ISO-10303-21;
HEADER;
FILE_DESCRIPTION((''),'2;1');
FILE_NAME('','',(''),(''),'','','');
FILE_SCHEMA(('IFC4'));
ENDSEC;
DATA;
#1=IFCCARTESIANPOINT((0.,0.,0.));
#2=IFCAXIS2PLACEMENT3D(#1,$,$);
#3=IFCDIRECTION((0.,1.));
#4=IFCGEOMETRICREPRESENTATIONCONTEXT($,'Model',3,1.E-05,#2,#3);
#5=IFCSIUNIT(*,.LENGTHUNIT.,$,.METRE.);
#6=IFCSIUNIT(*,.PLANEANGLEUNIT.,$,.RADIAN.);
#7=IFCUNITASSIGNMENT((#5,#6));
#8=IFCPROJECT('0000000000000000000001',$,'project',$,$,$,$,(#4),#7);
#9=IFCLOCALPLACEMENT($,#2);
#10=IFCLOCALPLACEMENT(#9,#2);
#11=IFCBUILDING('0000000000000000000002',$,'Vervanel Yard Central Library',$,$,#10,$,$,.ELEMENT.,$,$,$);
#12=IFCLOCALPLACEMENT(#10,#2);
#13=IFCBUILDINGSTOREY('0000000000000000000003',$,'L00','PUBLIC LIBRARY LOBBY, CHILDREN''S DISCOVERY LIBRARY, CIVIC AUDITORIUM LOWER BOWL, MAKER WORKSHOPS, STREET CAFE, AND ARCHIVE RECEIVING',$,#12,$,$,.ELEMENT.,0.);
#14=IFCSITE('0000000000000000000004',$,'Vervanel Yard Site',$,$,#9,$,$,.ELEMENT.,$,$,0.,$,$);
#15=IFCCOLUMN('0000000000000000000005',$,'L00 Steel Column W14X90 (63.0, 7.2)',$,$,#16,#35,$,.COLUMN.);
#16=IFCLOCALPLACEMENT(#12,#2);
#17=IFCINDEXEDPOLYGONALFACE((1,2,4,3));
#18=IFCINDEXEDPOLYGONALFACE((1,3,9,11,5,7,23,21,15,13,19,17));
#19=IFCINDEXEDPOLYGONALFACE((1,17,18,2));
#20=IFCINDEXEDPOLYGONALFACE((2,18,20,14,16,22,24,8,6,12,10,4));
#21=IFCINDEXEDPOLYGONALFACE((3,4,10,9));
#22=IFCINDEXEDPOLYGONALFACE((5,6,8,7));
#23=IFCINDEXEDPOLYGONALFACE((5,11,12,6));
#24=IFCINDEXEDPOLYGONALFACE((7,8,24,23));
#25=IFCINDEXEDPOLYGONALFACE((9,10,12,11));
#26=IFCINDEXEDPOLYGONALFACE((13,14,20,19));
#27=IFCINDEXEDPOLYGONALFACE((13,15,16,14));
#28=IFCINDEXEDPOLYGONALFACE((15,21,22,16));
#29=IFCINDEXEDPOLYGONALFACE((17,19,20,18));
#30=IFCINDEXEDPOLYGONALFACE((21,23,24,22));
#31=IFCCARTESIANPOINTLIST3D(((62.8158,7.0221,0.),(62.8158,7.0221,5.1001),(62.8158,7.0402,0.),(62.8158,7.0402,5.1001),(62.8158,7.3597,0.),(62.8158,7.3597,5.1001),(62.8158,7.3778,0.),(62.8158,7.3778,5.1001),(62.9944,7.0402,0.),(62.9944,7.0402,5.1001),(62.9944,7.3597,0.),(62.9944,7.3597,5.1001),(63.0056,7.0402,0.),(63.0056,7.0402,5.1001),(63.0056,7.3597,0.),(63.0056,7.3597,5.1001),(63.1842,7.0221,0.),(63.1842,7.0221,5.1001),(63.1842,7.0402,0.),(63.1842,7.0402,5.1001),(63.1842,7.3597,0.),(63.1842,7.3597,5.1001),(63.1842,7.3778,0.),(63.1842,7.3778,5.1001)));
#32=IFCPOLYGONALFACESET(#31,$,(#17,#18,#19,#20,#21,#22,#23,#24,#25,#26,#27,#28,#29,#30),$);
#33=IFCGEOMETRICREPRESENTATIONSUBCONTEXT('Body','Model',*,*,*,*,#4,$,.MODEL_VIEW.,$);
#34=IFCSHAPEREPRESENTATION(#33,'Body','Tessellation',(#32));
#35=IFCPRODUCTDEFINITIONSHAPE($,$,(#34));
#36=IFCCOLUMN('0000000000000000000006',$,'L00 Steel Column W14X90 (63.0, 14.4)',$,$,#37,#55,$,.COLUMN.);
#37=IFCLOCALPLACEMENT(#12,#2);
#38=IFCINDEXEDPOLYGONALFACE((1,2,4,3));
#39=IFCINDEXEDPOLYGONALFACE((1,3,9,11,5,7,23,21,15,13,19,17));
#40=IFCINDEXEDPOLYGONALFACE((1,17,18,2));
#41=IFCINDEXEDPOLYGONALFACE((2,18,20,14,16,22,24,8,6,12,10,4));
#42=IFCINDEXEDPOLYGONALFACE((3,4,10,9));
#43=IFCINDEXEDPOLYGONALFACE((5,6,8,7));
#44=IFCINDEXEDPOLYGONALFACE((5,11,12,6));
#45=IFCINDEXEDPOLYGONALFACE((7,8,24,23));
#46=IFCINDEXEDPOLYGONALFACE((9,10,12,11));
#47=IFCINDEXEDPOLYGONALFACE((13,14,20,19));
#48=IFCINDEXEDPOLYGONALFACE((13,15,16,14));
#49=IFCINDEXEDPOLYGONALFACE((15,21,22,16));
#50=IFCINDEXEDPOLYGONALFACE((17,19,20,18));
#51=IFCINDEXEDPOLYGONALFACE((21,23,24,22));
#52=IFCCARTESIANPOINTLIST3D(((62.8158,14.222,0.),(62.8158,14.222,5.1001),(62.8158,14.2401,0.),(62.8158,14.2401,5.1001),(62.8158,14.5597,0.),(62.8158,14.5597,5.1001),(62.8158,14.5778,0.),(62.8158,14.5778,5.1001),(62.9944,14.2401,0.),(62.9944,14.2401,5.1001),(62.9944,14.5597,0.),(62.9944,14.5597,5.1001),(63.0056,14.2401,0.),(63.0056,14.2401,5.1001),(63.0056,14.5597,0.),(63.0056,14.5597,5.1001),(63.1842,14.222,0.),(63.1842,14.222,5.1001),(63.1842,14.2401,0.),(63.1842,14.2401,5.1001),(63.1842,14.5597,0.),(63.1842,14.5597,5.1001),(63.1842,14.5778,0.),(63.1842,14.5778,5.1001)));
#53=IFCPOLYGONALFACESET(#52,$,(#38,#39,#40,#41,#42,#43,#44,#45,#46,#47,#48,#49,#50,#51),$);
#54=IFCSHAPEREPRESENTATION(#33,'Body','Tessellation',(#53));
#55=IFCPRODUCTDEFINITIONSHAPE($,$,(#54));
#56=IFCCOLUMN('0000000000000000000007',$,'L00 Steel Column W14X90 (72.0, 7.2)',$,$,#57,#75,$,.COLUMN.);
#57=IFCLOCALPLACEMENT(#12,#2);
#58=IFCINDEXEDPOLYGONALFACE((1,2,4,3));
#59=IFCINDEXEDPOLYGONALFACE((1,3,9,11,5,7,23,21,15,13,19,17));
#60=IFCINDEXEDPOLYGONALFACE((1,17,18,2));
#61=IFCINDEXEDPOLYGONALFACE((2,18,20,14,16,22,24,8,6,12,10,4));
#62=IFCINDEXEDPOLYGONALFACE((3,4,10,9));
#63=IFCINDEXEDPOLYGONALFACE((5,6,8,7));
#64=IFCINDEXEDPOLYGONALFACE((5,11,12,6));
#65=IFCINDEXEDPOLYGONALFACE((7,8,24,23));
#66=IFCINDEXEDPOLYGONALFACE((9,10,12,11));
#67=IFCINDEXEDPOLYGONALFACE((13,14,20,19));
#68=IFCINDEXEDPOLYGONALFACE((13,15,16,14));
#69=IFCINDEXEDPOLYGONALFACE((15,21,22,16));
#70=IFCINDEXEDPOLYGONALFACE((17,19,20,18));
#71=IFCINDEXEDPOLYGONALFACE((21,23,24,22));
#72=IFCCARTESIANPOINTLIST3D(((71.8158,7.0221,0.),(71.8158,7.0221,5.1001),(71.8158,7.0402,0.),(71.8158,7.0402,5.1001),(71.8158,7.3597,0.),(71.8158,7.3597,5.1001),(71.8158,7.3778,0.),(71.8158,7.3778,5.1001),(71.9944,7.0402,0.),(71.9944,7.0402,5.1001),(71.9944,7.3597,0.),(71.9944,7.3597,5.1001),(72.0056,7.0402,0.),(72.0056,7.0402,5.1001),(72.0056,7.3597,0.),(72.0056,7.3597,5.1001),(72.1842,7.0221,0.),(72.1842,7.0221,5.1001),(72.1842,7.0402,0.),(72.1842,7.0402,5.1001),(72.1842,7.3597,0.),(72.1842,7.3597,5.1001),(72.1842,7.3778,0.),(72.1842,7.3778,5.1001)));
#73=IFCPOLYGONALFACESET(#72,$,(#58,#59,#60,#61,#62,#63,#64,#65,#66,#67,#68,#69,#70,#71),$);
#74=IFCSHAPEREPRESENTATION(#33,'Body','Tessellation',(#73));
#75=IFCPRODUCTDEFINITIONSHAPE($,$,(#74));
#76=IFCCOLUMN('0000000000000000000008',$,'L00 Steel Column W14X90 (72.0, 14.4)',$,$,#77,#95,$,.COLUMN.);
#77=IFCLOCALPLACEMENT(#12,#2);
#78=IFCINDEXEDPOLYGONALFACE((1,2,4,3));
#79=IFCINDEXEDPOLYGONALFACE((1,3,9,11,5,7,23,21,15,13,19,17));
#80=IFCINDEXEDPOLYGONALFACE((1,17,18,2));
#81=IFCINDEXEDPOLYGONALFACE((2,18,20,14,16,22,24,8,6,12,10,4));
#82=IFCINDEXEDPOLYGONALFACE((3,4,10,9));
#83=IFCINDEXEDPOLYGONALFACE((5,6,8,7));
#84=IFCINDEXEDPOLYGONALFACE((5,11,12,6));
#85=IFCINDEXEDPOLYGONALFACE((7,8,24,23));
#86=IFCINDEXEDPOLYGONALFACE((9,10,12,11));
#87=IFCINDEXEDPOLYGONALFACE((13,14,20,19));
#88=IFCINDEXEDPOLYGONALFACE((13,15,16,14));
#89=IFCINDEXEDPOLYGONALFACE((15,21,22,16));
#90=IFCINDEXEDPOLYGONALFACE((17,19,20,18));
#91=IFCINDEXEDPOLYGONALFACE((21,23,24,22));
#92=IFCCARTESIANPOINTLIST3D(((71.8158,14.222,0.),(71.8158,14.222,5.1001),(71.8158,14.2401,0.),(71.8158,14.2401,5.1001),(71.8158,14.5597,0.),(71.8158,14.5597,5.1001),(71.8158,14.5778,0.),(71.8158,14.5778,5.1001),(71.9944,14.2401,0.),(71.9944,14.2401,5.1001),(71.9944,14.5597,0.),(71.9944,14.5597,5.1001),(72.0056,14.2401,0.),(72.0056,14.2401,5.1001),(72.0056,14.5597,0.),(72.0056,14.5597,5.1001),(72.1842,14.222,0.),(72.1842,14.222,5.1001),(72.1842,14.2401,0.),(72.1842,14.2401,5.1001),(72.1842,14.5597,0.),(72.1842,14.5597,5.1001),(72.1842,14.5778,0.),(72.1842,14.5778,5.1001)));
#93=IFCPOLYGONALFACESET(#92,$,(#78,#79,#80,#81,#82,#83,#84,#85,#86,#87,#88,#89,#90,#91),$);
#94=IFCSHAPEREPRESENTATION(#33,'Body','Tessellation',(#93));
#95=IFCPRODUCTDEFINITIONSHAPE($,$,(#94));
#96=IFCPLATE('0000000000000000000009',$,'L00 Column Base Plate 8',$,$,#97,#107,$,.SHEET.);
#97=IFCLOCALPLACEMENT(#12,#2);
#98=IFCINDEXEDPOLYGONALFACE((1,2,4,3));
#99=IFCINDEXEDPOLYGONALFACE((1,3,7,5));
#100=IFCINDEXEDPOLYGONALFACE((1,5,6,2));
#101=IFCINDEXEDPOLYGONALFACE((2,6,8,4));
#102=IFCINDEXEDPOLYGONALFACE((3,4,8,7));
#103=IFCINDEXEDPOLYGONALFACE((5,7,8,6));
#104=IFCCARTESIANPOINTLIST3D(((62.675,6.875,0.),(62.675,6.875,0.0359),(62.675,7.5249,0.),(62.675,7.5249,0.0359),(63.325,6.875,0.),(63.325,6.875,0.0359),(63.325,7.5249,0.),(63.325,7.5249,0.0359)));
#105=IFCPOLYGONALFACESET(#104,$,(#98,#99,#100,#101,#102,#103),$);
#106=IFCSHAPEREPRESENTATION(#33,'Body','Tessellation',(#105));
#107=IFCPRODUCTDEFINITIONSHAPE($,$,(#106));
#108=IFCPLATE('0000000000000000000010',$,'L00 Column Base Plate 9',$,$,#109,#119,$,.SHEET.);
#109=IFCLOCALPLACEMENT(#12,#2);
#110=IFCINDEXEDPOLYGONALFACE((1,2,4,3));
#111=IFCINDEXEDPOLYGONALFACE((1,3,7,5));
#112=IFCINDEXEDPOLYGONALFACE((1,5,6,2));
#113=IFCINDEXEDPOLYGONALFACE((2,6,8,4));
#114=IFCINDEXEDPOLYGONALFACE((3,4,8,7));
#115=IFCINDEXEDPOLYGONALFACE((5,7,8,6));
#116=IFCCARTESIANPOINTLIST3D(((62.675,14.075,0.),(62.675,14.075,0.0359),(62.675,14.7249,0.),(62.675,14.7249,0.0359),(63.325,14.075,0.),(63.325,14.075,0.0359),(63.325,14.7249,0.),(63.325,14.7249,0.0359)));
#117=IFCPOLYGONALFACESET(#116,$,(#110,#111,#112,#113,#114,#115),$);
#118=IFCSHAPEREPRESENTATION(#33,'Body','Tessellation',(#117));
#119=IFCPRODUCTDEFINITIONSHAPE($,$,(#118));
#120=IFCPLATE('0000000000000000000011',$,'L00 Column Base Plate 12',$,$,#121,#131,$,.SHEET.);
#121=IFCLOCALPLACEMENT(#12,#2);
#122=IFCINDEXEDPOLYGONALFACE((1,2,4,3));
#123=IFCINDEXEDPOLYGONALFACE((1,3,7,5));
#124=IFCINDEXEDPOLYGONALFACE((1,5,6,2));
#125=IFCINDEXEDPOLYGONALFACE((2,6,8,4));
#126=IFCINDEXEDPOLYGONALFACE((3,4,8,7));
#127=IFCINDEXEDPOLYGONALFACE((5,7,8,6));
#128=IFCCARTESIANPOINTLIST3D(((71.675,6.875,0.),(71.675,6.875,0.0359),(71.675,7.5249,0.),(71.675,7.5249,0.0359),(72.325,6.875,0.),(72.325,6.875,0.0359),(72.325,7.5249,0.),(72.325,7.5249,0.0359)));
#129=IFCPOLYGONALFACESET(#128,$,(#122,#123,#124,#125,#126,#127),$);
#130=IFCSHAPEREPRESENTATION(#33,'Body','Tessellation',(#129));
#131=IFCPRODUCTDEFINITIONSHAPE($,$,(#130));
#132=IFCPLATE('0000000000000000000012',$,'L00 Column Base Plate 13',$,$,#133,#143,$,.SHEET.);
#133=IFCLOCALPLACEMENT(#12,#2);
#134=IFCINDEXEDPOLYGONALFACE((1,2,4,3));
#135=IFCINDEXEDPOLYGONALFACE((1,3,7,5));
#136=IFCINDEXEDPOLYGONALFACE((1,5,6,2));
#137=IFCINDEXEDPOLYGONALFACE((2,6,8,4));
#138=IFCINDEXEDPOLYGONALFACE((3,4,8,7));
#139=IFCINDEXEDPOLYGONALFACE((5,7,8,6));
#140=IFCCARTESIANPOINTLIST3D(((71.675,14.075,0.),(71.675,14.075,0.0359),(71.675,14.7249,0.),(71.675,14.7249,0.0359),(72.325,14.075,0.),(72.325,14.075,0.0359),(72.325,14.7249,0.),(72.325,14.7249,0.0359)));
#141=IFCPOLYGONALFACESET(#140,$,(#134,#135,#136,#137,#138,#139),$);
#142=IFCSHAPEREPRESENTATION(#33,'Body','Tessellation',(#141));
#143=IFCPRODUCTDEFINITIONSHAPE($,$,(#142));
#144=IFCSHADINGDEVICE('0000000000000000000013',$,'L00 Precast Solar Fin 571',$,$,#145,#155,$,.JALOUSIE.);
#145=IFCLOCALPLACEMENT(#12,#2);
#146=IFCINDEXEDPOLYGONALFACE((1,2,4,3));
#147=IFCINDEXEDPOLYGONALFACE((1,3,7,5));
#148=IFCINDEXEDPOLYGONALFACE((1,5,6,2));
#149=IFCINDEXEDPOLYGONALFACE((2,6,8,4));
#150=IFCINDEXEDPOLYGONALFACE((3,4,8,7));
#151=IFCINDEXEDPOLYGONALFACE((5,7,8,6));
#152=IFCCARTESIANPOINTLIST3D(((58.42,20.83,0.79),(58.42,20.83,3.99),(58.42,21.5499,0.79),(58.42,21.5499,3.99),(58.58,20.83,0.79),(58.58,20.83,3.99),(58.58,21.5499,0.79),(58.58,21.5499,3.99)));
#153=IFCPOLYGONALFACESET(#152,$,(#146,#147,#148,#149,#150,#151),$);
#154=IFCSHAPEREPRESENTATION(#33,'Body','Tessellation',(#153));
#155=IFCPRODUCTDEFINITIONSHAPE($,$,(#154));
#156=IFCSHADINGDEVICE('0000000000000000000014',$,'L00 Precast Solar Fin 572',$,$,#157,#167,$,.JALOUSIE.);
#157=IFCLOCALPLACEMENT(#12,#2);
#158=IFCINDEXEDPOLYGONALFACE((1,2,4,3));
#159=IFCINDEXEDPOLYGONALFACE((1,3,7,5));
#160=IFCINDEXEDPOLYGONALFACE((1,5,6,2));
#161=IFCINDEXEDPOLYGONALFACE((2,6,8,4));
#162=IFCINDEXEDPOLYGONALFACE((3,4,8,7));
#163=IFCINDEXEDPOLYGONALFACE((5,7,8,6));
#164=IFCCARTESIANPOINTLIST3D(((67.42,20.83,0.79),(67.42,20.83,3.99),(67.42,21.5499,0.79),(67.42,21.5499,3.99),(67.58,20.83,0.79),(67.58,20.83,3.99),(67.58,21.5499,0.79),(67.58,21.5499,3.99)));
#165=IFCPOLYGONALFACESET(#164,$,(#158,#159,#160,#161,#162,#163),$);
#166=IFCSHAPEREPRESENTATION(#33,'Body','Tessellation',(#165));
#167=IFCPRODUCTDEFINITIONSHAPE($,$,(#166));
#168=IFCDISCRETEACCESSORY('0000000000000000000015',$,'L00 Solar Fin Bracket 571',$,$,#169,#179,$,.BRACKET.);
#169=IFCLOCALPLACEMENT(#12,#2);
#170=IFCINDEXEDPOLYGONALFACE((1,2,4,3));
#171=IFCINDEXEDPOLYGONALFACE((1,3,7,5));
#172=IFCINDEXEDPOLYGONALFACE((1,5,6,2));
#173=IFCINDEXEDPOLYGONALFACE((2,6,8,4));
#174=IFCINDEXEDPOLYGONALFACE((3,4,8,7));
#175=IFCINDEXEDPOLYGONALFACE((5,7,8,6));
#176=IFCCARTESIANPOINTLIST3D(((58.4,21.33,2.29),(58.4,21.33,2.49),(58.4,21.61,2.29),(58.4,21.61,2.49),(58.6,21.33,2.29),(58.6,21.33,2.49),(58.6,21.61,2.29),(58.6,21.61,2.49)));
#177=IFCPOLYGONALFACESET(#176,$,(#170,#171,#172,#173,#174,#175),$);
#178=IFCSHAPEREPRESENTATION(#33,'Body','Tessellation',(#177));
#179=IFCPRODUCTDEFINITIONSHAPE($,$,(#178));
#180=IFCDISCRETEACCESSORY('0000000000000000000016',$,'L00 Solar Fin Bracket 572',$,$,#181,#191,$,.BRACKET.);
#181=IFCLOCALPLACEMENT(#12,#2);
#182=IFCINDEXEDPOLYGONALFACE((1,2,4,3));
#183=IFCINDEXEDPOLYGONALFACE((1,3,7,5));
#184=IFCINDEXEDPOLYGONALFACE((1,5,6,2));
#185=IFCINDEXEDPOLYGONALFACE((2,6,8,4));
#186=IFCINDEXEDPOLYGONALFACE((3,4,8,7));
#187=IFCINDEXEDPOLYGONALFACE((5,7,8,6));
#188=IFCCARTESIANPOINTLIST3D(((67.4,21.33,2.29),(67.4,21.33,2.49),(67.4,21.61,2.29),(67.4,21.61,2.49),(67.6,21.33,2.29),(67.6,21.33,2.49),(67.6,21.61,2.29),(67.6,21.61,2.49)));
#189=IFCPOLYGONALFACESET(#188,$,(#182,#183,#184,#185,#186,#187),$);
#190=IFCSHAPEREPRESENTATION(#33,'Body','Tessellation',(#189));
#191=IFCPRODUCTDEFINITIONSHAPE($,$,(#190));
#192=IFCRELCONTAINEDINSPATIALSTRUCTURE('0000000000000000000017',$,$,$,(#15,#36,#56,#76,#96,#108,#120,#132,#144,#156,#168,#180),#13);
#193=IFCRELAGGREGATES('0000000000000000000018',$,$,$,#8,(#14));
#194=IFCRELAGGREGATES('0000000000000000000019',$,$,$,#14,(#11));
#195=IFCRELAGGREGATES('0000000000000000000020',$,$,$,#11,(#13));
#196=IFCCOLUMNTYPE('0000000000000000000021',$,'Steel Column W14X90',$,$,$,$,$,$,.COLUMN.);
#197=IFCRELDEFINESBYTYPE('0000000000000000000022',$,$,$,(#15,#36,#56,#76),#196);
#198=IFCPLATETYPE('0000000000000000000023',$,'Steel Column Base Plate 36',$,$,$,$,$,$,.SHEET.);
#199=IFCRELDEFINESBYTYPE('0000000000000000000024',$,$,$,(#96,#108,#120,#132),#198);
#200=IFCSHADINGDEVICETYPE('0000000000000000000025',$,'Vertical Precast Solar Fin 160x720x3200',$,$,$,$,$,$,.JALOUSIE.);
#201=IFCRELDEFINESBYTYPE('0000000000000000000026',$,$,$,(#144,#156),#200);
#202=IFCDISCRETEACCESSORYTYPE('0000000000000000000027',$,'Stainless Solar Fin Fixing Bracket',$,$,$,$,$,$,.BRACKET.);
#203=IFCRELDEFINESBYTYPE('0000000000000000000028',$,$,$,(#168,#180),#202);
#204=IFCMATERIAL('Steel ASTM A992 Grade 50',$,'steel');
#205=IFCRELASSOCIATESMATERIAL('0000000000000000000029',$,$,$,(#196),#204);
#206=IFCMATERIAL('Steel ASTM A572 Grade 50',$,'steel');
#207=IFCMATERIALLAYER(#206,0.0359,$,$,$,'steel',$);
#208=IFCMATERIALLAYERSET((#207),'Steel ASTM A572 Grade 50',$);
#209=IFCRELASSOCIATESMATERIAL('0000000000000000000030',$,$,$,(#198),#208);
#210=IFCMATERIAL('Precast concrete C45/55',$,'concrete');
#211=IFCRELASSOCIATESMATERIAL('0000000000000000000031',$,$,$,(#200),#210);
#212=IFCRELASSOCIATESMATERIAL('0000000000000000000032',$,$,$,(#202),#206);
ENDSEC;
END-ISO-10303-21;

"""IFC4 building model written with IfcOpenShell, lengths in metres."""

from ifc_helpers import new_model, si_unit, direction, frame, origin, origin_2d, place, context, subcontext, project, spatial, rectangle, i_section, extrude, material, layer, layer_set, material_profile, profile_set, type_object, element, save


model = new_model("IFC4")

# Units and contexts
model_context = context("Model", 3, precision=1e-05, world=origin(), true_north=direction((0.0, 1.0)))
body_context = subcontext(model_context, "Body", "Model", "MODEL_VIEW")
ifc_project = project(units=[si_unit("LENGTHUNIT", "METRE"), si_unit("PLANEANGLEUNIT", "RADIAN")], contexts=[model_context])

# Site, building, storey
site_placement = place(None, origin())
site = spatial("IfcSite", under=ifc_project, at=site_placement, Name="Vervanel Yard Site", CompositionType="ELEMENT", RefElevation=0.0)
building_placement = place(site_placement, origin())
building = spatial("IfcBuilding", under=site, at=building_placement, Name="Vervanel Yard Central Library", CompositionType="ELEMENT")
storey_placement = place(building_placement, origin())
storey = spatial("IfcBuildingStorey", under=building, at=storey_placement, Name="L00", Description="PUBLIC LIBRARY LOBBY, CHILDREN'S DISCOVERY LIBRARY, CIVIC AUDITORIUM LOWER BOWL, MAKER WORKSHOPS, STREET CAFE, AND ARCHIVE RECEIVING", CompositionType="ELEMENT", Elevation=0.0)

# Columns
ifc_material_1 = material(Name="Steel ASTM A992 Grade 50", Category="steel")
ifc_material_profile_1 = material_profile(ifc_material_1, i_section(OverallWidth=0.3684, OverallDepth=0.3557, WebThickness=0.0112, FlangeThickness=0.0181, at=origin_2d()), Name="W14X90", Category="steel")
ifc_profile_set_1 = profile_set([ifc_material_profile_1], Name="Steel ASTM A992 Grade 50")
column_type = type_object("IfcColumnType", Name="Steel Column W14X90", PredefinedType="COLUMN", material=ifc_profile_set_1)
for number, where, z_axis, x_axis, name in (
    (1, (63.0, 7.2, 0.0), (0.0, 0.0, 1.0), (1.0, 0.0, 0.0), "L00 Steel Column W14X90 (63.0, 7.2)"),
    (2, (63.0, 14.3999, 0.0), (0.0, 0.0, 1.0), (1.0, 0.0, 0.0), "L00 Steel Column W14X90 (63.0, 14.4)"),
    (3, (72.0, 7.2, 0.0), (0.0, 0.0, 1.0), (1.0, 0.0, 0.0), "L00 Steel Column W14X90 (72.0, 7.2)"),
    (4, (72.0, 14.3999, 0.0), (0.0, 0.0, 1.0), (1.0, 0.0, 0.0), "L00 Steel Column W14X90 (72.0, 14.4)"),
):
    element("IfcColumn", number, at=place(storey_placement, frame(where, z_axis=z_axis, x_axis=x_axis)), inside=storey, type_object=column_type, Name=name, PredefinedType="COLUMN", context=body_context, shape_type="SweptSolid", body=[
        extrude(i_section(OverallWidth=0.3684, OverallDepth=0.3557, WebThickness=0.0112, FlangeThickness=0.0181, at=origin_2d()), origin(), (0.0, 0.0, 1.0), 5.1001),
    ])

# Plates
ifc_material_2 = material(Name="Steel ASTM A572 Grade 50", Category="steel")
ifc_layer = layer(ifc_material_2, 0.0359, Category="steel")
ifc_layer_set = layer_set([ifc_layer], Name="Steel ASTM A572 Grade 50")
plate_type = type_object("IfcPlateType", Name="Steel Column Base Plate 36", PredefinedType="SHEET", material=ifc_layer_set)
for number, where, z_axis, x_axis, name in (
    (5, (63.0, 7.2, 0.0), (0.0, 0.0, 1.0), (1.0, 0.0, 0.0), "L00 Column Base Plate 8"),
    (6, (63.0, 14.3999, 0.0), (0.0, 0.0, 1.0), (1.0, 0.0, 0.0), "L00 Column Base Plate 9"),
    (7, (72.0, 7.2, 0.0), (0.0, 0.0, 1.0), (1.0, 0.0, 0.0), "L00 Column Base Plate 12"),
    (8, (72.0, 14.3999, 0.0), (0.0, 0.0, 1.0), (1.0, 0.0, 0.0), "L00 Column Base Plate 13"),
):
    element("IfcPlate", number, at=place(storey_placement, frame(where, z_axis=z_axis, x_axis=x_axis)), inside=storey, type_object=plate_type, Name=name, PredefinedType="SHEET", context=body_context, shape_type="SweptSolid", body=[
        extrude(rectangle(XDim=0.6499, YDim=0.6499, at=origin_2d()), origin(), (0.0, 0.0, 1.0), 0.0359),
    ])

# Shading devices
ifc_material_3 = material(Name="Precast concrete C45/55", Category="concrete")
shading_device_type = type_object("IfcShadingDeviceType", Name="Vertical Precast Solar Fin 160x720x3200", PredefinedType="JALOUSIE", material=ifc_material_3)
for number, where, z_axis, x_axis, name in (
    (9, (58.5, 21.1899, 0.79), (0.0, 0.0, 1.0), (1.0, 0.0, 0.0), "L00 Precast Solar Fin 571"),
    (10, (67.5, 21.1899, 0.79), (0.0, 0.0, 1.0), (1.0, 0.0, 0.0), "L00 Precast Solar Fin 572"),
):
    element("IfcShadingDevice", number, at=place(storey_placement, frame(where, z_axis=z_axis, x_axis=x_axis)), inside=storey, type_object=shading_device_type, Name=name, PredefinedType="JALOUSIE", context=body_context, shape_type="SweptSolid", body=[
        extrude(rectangle(XDim=0.1599, YDim=0.72, at=origin_2d()), origin(), (0.0, 0.0, 1.0), 3.2),
    ])

# Discrete accessories
discrete_accessory_type = type_object("IfcDiscreteAccessoryType", Name="Stainless Solar Fin Fixing Bracket", PredefinedType="BRACKET", material=ifc_material_2)
for number, where, z_axis, x_axis, name in (
    (11, (58.5, 21.47, 2.29), (0.0, 0.0, 1.0), (1.0, 0.0, 0.0), "L00 Solar Fin Bracket 571"),
    (12, (67.5, 21.47, 2.29), (0.0, 0.0, 1.0), (1.0, 0.0, 0.0), "L00 Solar Fin Bracket 572"),
):
    element("IfcDiscreteAccessory", number, at=place(storey_placement, frame(where, z_axis=z_axis, x_axis=x_axis)), inside=storey, type_object=discrete_accessory_type, Name=name, PredefinedType="BRACKET", context=body_context, shape_type="SweptSolid", body=[
        extrude(rectangle(XDim=0.2, YDim=0.28, at=origin_2d()), origin(), (0.0, 0.0, 1.0), 0.2),
    ])

save(model, "model.ifc")
